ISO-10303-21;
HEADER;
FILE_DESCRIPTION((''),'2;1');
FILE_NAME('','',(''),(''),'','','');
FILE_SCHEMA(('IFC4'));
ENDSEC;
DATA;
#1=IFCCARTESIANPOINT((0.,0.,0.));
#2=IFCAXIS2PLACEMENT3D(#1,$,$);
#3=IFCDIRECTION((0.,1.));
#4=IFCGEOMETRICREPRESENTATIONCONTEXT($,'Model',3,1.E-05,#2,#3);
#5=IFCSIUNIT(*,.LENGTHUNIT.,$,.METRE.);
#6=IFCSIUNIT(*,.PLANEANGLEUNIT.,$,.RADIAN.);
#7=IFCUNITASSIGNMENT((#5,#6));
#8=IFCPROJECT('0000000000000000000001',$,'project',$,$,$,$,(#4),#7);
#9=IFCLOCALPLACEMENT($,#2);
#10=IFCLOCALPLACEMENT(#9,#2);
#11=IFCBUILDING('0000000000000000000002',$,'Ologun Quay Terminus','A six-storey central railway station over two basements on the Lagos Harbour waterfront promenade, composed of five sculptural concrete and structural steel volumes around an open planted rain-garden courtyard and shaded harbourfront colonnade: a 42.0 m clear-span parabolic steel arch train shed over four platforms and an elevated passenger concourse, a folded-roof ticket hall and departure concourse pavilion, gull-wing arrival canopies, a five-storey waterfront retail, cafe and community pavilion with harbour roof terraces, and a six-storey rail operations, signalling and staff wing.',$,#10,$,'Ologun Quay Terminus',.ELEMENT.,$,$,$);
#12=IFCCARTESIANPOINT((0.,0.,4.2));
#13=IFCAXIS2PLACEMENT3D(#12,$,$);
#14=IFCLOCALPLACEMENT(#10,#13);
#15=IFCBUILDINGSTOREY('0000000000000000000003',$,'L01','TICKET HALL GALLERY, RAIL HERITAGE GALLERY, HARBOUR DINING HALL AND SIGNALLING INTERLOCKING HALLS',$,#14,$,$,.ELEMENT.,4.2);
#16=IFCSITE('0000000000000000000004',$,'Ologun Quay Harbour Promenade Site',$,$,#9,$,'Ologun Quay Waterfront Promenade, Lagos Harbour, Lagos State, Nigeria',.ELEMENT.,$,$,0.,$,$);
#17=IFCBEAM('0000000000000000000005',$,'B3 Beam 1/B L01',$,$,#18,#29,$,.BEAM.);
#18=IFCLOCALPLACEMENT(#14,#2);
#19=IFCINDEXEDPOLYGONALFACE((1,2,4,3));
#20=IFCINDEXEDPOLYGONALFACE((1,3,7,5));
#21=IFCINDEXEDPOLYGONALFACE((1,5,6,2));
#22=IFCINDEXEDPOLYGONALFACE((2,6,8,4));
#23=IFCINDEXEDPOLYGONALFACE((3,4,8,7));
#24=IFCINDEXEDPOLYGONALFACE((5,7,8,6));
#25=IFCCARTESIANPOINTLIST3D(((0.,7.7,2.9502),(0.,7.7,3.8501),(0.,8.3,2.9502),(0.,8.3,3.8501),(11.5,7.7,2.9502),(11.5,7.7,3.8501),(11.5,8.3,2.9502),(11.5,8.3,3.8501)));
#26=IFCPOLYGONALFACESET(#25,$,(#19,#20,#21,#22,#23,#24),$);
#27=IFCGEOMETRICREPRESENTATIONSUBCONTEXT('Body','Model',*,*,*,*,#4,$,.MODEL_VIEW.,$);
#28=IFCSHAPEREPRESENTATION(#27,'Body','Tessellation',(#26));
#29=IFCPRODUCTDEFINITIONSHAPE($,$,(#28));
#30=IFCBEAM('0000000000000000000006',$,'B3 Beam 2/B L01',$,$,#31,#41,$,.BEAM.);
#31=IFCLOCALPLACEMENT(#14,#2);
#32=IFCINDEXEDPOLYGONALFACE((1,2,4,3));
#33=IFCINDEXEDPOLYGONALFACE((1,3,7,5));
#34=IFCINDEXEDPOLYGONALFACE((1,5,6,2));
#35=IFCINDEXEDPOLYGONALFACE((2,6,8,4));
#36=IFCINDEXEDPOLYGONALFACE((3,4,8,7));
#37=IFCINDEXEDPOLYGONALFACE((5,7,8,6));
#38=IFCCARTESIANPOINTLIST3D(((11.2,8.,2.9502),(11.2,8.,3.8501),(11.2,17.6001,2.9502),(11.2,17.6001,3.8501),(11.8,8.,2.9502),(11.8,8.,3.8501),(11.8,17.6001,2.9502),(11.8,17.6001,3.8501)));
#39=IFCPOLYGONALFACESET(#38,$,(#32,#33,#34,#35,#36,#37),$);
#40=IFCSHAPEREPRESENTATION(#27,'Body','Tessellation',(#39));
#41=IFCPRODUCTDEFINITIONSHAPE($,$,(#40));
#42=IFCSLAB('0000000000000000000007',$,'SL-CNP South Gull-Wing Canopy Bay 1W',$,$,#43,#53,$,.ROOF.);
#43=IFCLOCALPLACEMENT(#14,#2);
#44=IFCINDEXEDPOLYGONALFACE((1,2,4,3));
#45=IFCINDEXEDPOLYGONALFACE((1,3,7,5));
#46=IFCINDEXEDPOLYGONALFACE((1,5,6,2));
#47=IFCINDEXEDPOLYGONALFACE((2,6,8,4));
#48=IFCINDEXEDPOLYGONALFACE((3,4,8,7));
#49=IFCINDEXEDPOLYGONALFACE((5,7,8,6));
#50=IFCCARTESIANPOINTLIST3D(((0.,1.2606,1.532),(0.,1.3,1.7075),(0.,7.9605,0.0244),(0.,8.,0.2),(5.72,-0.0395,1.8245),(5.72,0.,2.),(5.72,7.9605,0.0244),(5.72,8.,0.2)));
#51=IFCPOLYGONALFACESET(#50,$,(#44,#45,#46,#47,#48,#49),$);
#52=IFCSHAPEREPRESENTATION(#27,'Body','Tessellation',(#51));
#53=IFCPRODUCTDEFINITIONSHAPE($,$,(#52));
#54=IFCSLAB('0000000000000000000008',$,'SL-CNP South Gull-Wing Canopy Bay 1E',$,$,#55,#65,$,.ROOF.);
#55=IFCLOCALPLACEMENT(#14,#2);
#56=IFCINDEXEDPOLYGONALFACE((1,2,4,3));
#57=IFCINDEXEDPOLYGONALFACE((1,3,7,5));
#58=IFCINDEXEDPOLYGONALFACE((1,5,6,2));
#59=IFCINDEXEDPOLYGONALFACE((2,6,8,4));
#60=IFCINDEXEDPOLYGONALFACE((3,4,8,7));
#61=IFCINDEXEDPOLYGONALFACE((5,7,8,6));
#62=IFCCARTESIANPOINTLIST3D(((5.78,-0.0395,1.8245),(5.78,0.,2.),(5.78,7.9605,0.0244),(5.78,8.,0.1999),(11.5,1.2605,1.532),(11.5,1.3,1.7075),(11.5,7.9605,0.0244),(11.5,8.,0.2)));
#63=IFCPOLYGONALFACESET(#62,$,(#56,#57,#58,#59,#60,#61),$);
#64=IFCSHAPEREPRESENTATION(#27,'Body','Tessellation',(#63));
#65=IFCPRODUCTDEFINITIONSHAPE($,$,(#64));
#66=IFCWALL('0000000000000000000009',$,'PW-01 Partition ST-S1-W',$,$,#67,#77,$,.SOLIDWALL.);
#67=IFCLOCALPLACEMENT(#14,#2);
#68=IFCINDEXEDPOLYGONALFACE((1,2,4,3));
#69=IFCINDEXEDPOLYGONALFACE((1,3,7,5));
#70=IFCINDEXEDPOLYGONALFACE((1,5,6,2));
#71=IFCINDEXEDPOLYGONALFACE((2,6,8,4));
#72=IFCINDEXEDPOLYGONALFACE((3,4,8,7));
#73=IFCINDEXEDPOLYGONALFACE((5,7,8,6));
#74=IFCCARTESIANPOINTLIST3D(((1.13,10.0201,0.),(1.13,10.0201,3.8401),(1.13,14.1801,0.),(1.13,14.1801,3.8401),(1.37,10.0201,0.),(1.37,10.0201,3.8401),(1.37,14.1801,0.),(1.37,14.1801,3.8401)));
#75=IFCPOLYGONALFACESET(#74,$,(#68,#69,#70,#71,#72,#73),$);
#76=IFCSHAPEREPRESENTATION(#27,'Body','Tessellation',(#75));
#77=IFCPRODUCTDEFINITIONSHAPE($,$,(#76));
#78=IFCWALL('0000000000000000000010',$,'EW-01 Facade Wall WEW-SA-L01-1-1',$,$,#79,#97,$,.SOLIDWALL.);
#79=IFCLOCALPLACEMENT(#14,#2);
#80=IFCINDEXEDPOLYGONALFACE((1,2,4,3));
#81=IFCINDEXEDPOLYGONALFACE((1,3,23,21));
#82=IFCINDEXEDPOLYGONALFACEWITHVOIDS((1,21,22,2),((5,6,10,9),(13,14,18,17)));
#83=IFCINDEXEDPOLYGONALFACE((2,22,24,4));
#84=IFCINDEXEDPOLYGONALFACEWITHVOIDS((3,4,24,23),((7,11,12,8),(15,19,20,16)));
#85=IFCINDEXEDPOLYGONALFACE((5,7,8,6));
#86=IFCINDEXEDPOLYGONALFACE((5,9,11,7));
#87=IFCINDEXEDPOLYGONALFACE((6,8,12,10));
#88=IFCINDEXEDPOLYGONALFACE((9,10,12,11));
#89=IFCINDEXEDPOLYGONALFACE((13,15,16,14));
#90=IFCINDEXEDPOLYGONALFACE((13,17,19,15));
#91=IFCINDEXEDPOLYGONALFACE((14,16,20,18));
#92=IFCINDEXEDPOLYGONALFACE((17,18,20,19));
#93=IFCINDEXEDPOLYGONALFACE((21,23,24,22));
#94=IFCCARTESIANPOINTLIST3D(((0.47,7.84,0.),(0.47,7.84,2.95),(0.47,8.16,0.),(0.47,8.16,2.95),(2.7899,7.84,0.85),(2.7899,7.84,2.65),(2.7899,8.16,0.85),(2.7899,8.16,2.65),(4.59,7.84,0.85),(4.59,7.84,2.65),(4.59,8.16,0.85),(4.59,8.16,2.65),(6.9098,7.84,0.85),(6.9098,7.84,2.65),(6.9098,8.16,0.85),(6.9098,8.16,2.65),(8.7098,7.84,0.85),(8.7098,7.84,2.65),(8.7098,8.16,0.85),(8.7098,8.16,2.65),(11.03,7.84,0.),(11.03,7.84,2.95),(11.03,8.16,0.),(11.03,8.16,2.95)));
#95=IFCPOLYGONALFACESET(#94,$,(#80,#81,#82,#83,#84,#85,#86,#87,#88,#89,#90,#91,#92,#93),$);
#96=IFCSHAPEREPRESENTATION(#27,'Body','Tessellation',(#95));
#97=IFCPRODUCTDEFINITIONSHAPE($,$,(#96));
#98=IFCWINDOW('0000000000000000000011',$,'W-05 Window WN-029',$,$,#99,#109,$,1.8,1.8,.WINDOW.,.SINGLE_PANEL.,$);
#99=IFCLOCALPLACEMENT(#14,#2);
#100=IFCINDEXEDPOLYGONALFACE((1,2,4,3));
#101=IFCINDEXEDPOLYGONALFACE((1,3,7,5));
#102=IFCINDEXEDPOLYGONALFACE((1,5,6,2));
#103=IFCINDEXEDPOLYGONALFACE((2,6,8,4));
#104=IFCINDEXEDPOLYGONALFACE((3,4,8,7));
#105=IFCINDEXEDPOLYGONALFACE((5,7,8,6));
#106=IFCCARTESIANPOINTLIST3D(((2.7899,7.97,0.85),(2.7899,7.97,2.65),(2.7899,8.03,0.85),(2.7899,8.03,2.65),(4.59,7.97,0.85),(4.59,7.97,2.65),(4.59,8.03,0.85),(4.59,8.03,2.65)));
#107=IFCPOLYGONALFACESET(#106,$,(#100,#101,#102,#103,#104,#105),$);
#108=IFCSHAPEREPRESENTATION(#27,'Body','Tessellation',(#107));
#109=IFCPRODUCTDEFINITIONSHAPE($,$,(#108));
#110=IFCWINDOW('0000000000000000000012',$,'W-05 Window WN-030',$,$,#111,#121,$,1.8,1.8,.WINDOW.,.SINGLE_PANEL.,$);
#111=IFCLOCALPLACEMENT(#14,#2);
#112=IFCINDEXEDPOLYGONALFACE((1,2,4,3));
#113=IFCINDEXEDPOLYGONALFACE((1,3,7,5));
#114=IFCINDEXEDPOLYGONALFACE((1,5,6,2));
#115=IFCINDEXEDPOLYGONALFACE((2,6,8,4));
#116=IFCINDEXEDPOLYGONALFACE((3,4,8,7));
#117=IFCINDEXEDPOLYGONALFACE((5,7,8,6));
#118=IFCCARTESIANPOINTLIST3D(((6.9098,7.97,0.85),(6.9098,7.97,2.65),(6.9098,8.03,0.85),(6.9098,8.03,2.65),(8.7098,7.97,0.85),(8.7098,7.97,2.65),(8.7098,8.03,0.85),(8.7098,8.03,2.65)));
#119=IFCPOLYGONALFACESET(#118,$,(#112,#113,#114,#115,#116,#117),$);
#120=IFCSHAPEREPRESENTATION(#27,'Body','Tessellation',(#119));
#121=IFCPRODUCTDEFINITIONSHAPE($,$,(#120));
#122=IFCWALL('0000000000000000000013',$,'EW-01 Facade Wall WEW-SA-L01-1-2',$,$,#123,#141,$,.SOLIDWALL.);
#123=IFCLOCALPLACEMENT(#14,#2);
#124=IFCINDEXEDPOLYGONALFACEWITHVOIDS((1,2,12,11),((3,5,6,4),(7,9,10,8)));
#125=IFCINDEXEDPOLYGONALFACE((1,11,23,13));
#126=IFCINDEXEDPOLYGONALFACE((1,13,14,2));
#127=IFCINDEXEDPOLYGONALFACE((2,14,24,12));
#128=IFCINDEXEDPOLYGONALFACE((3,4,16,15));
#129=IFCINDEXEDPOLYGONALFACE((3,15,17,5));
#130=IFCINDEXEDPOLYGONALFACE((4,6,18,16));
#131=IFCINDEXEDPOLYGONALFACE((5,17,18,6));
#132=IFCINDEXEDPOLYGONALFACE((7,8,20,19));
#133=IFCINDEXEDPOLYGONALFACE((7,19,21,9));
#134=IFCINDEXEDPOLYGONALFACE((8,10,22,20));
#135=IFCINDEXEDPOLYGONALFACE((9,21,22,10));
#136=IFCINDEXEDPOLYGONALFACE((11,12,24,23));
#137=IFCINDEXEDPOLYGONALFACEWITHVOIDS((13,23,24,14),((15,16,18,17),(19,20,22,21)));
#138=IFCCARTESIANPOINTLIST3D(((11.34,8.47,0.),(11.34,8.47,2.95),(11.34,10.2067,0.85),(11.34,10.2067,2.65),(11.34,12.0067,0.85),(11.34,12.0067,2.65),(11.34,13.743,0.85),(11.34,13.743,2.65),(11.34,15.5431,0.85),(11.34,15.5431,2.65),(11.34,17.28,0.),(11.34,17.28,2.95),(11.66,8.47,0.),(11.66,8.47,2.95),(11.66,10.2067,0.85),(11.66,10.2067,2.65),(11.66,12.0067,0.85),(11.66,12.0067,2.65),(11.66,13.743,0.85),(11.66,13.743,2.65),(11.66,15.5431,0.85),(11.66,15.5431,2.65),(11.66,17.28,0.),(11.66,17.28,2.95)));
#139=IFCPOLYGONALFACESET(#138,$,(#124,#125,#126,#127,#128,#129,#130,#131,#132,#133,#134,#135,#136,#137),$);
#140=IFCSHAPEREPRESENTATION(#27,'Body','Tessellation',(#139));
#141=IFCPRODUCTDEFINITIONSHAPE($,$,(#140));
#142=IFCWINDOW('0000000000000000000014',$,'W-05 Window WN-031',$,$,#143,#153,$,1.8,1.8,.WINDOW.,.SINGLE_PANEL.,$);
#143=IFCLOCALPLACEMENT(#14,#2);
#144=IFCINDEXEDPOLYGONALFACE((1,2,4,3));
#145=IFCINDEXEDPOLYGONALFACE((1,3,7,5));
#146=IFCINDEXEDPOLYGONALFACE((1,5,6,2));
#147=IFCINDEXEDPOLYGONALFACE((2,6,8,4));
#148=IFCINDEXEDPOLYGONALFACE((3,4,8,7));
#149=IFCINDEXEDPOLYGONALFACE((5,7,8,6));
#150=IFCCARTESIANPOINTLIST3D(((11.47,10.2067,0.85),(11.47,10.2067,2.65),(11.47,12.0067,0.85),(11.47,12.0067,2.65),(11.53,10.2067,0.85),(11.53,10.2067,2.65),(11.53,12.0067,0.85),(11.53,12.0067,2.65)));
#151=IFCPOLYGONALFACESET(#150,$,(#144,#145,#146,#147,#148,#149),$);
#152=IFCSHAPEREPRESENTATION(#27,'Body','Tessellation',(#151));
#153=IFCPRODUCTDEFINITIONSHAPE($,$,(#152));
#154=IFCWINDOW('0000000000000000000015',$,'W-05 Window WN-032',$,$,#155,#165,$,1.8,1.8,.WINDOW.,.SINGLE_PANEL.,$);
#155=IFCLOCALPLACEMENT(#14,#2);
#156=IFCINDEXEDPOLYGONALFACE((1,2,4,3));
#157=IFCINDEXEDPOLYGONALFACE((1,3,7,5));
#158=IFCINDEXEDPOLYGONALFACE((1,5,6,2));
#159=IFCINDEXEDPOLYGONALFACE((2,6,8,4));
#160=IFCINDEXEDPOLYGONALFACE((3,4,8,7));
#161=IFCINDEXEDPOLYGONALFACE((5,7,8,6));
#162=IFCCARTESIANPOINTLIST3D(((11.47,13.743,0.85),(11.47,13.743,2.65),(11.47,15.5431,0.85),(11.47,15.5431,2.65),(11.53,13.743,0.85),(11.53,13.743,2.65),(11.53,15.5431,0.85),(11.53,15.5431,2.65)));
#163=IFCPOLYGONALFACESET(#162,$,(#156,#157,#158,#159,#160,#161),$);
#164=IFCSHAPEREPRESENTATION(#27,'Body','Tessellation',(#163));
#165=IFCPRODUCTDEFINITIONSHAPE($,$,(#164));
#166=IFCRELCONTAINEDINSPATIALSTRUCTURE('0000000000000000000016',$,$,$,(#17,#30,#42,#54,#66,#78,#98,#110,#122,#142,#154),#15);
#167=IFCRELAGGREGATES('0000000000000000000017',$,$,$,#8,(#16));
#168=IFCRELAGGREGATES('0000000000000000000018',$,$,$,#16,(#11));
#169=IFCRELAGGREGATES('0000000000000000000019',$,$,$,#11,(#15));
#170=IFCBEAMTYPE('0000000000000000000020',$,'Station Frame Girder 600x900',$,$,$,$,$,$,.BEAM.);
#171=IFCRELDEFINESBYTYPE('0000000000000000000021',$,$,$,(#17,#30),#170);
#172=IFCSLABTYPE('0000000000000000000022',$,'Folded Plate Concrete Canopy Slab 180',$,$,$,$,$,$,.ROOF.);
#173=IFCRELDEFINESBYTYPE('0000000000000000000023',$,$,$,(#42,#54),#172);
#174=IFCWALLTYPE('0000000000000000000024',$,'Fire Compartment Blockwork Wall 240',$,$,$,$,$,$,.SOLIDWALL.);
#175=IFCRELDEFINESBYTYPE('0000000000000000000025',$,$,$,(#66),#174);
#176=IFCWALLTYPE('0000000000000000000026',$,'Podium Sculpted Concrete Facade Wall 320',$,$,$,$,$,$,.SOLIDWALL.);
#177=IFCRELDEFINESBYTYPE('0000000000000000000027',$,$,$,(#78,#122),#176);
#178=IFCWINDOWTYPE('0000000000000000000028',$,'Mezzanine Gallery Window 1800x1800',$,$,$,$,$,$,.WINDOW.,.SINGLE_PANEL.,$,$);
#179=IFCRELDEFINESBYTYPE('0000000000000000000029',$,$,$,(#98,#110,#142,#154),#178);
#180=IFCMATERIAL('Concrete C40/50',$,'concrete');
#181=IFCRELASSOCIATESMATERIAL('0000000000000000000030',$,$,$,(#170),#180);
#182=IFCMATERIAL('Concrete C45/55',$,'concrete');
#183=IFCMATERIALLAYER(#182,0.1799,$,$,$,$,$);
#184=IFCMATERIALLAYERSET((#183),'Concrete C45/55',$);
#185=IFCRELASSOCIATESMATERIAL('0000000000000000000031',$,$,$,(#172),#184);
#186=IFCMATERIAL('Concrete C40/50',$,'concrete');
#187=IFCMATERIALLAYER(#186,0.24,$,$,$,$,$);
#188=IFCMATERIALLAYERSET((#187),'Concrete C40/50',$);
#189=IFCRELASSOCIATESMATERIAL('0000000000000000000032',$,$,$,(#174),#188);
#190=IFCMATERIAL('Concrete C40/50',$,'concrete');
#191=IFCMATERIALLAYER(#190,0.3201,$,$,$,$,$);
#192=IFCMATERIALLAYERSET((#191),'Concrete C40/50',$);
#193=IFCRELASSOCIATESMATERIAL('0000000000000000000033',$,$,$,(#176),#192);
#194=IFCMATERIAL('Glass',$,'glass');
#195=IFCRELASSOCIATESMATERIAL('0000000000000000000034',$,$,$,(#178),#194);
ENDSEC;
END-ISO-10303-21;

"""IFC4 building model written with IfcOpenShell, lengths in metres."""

from ifc_helpers import new_model, si_unit, direction, frame, frame_2d, origin, origin_2d, place, context, subcontext, project, spatial, polyline, rectangle, outline, extrude, material, layer, layer_set, material_profile, profile_set, type_object, element, fill, save


model = new_model("IFC4")

# Units and contexts
model_context = context("Model", 3, precision=1e-05, world=origin(), true_north=direction((0.0, 1.0)))
body_context = subcontext(model_context, "Body", "Model", "MODEL_VIEW")
ifc_project = project(units=[si_unit("LENGTHUNIT", "METRE"), si_unit("PLANEANGLEUNIT", "RADIAN")], contexts=[model_context])

# Site, building, storey
site_placement = place(None, origin())
site = spatial("IfcSite", under=ifc_project, at=site_placement, Name="Ologun Quay Harbour Promenade Site", LongName="Ologun Quay Waterfront Promenade, Lagos Harbour, Lagos State, Nigeria", CompositionType="ELEMENT", RefElevation=0.0)
building_placement = place(site_placement, origin())
building = spatial("IfcBuilding", under=site, at=building_placement, Name="Ologun Quay Terminus", Description="A six-storey central railway station over two basements on the Lagos Harbour waterfront promenade, composed of five sculptural concrete and structural steel volumes around an open planted rain-garden courtyard and shaded harbourfront colonnade: a 42.0 m clear-span parabolic steel arch train shed over four platforms and an elevated passenger concourse, a folded-roof ticket hall and departure concourse pavilion, gull-wing arrival canopies, a five-storey waterfront retail, cafe and community pavilion with harbour roof terraces, and a six-storey rail operations, signalling and staff wing.", LongName="Ologun Quay Terminus", CompositionType="ELEMENT")
storey_placement = place(building_placement, frame((0.0, 0.0, 4.2)))
storey = spatial("IfcBuildingStorey", under=building, at=storey_placement, Name="L01", Description="TICKET HALL GALLERY, RAIL HERITAGE GALLERY, HARBOUR DINING HALL AND SIGNALLING INTERLOCKING HALLS", CompositionType="ELEMENT", Elevation=4.2)

# Beams
ifc_material_1 = material(Name="Concrete C40/50", Category="concrete")
ifc_material_profile_1 = material_profile(ifc_material_1, rectangle(XDim=0.6001, YDim=0.8999, at=origin_2d()), Name="RC 600x900")
ifc_profile_set_1 = profile_set([ifc_material_profile_1], Name="Concrete C40/50")
beam_type_1 = type_object("IfcBeamType", Name="Station Frame Girder 600x900", PredefinedType="BEAM", material=ifc_profile_set_1)
beam_1_placement = place(storey_placement, frame((0.0, 8.0, 3.4001), z_axis=(1.0, 0.0, 0.0), x_axis=(0.0, 1.0, 0.0)))
element("IfcBeam", 1, at=beam_1_placement, inside=storey, type_object=beam_type_1, Name="B3 Beam 1/B L01", PredefinedType="BEAM", context=body_context, shape_type="SweptSolid", body=[
    extrude(rectangle(XDim=0.6001, YDim=0.8999, at=origin_2d()), origin(), (0.0, 0.0, 1.0), 11.5),
])
beam_2_placement = place(storey_placement, frame((11.5, 8.0, 3.4001), z_axis=(0.0, 1.0, 0.0), x_axis=(-1.0, 0.0, 0.0)))
element("IfcBeam", 2, at=beam_2_placement, inside=storey, type_object=beam_type_1, Name="B3 Beam 2/B L01", PredefinedType="BEAM", context=body_context, shape_type="SweptSolid", body=[
    extrude(rectangle(XDim=0.6001, YDim=0.8999, at=origin_2d()), origin(), (0.0, 0.0, 1.0), 9.6001),
])

# Slabs
ifc_material_2 = material(Name="Concrete C45/55", Category="concrete")
ifc_layer_1 = layer(ifc_material_2, 0.1799)
ifc_layer_set_1 = layer_set([ifc_layer_1], Name="Concrete C45/55")
slab_type = type_object("IfcSlabType", Name="Folded Plate Concrete Canopy Slab 180", PredefinedType="ROOF", material=ifc_layer_set_1)
slab_1_placement = place(storey_placement, frame((0.0, 1.3, 1.7075), z_axis=(0.000004, 0.21952, 0.975608), x_axis=(0.973921, -0.221354, 0.049803)))
element("IfcSlab", 3, at=slab_1_placement, inside=storey, type_object=slab_type, Name="SL-CNP South Gull-Wing Canopy Bay 1W", PredefinedType="ROOF", context=body_context, shape_type="SweptSolid", body=[
    extrude(outline(polyline([(0.0, 0.0), (5.8731, 0.0), (4.0127, 7.9862), (-1.5581, 6.6884), (0.0, 0.0)])), origin(), (0.0, 0.0, -1.0), 0.1799),
])
slab_2_placement = place(storey_placement, frame((5.78, 0.0, 2.0), z_axis=(-0.000004, 0.21952, 0.975608), x_axis=(0.973921, 0.221354, -0.049803)))
element("IfcSlab", 4, at=slab_2_placement, inside=storey, type_object=slab_type, Name="SL-CNP South Gull-Wing Canopy Bay 1E", PredefinedType="ROOF", context=body_context, shape_type="SweptSolid", body=[
    extrude(outline(polyline([(0.0, 0.0), (5.8731, 0.0), (7.4313, 6.6884), (1.8605, 7.9862), (0.0, 0.0)])), origin(), (0.0, 0.0, -1.0), 0.1799),
])

# Wall
ifc_material_3 = material(Name="Concrete C40/50", Category="concrete")
ifc_layer_2 = layer(ifc_material_3, 0.24)
ifc_layer_set_2 = layer_set([ifc_layer_2], Name="Concrete C40/50")
wall_type_1 = type_object("IfcWallType", Name="Fire Compartment Blockwork Wall 240", PredefinedType="SOLIDWALL", material=ifc_layer_set_2)
wall_1_placement = place(storey_placement, frame((1.25, 10.02, 0.0), z_axis=(0.0, 0.0, 1.0), x_axis=(0.0, 1.0, 0.0)))
element("IfcWall", 5, at=wall_1_placement, inside=storey, type_object=wall_type_1, Name="PW-01 Partition ST-S1-W", PredefinedType="SOLIDWALL", context=body_context, shape_type="SweptSolid", body=[
    extrude(rectangle(XDim=4.1599, YDim=0.24, at=frame_2d((2.0801, 0.0))), origin(), (0.0, 0.0, 1.0), 3.8401),
])

# Walls, openings, windows
ifc_material_4 = material(Name="Concrete C40/50", Category="concrete")
ifc_layer_3 = layer(ifc_material_4, 0.3201)
ifc_layer_set_3 = layer_set([ifc_layer_3], Name="Concrete C40/50")
wall_type_2 = type_object("IfcWallType", Name="Podium Sculpted Concrete Facade Wall 320", PredefinedType="SOLIDWALL", material=ifc_layer_set_3)
wall_2_placement = place(storey_placement, frame((0.47, 8.0, 0.0), z_axis=(0.0, 0.0, 1.0), x_axis=(1.0, 0.0, 0.0)))
wall_2 = element("IfcWall", 6, at=wall_2_placement, inside=storey, type_object=wall_type_2, Name="EW-01 Facade Wall WEW-SA-L01-1-1", PredefinedType="SOLIDWALL", context=body_context, shape_type="SweptSolid", body=[
    extrude(rectangle(XDim=10.5601, YDim=0.3201, at=frame_2d((5.28, 0.0))), origin(), (0.0, 0.0, 1.0), 2.95),
])
opening_1_placement = place(wall_2_placement, frame((2.3201, 0.0, 0.8501)))
opening_1 = element("IfcOpeningElement", 7, at=opening_1_placement, cuts=wall_2, PredefinedType="OPENING", context=body_context, shape_type="SweptSolid", body=[
    extrude(rectangle(XDim=1.8, YDim=1.8, at=frame_2d((0.8999, 0.8999))), frame((0.0, 0.1699, 0.0), z_axis=(0.0, -1.0, 0.0), x_axis=(1.0, 0.0, 0.0)), (0.0, 0.0, 1.0), 0.3401),
])
opening_2_placement = place(wall_2_placement, frame((6.4399, 0.0, 0.8501)))
opening_2 = element("IfcOpeningElement", 8, at=opening_2_placement, cuts=wall_2, PredefinedType="OPENING", context=body_context, shape_type="SweptSolid", body=[
    extrude(rectangle(XDim=1.8, YDim=1.8, at=frame_2d((0.8999, 0.8999))), frame((0.0, 0.1699, 0.0), z_axis=(0.0, -1.0, 0.0), x_axis=(1.0, 0.0, 0.0)), (0.0, 0.0, 1.0), 0.3401),
])
ifc_material_5 = material(Name="Glass", Category="glass")
window_type_1 = type_object("IfcWindowType", Name="Mezzanine Gallery Window 1800x1800", PartitioningType="SINGLE_PANEL", PredefinedType="WINDOW", material=ifc_material_5)
window_1_placement = place(opening_1_placement, origin())
window_1 = element("IfcWindow", 9, at=window_1_placement, inside=storey, type_object=window_type_1, Name="W-05 Window WN-029", OverallHeight=1.8, OverallWidth=1.8, PartitioningType="SINGLE_PANEL", PredefinedType="WINDOW", context=body_context, shape_type="SweptSolid", body=[
    extrude(rectangle(XDim=1.8, YDim=1.8, at=frame_2d((0.8999, 0.8999))), frame((0.0, 0.03, 0.0), z_axis=(0.0, -1.0, 0.0), x_axis=(1.0, 0.0, 0.0)), (0.0, 0.0, 1.0), 0.0601),
])
fill(opening_1, window_1)
window_2_placement = place(opening_2_placement, origin())
window_2 = element("IfcWindow", 10, at=window_2_placement, inside=storey, type_object=window_type_1, Name="W-05 Window WN-030", OverallHeight=1.8, OverallWidth=1.8, PartitioningType="SINGLE_PANEL", PredefinedType="WINDOW", context=body_context, shape_type="SweptSolid", body=[
    extrude(rectangle(XDim=1.8, YDim=1.8, at=frame_2d((0.8999, 0.8999))), frame((0.0, 0.03, 0.0), z_axis=(0.0, -1.0, 0.0), x_axis=(1.0, 0.0, 0.0)), (0.0, 0.0, 1.0), 0.0601),
])
fill(opening_2, window_2)
wall_3_placement = place(storey_placement, frame((11.5, 8.47, 0.0), z_axis=(0.0, 0.0, 1.0), x_axis=(0.0, 1.0, 0.0)))
wall_3 = element("IfcWall", 11, at=wall_3_placement, inside=storey, type_object=wall_type_2, Name="EW-01 Facade Wall WEW-SA-L01-1-2", PredefinedType="SOLIDWALL", context=body_context, shape_type="SweptSolid", body=[
    extrude(rectangle(XDim=8.8101, YDim=0.3201, at=frame_2d((4.405, 0.0))), origin(), (0.0, 0.0, 1.0), 2.95),
])
opening_3_placement = place(wall_3_placement, frame((1.7368, 0.0, 0.8501)))
opening_3 = element("IfcOpeningElement", 12, at=opening_3_placement, cuts=wall_3, PredefinedType="OPENING", context=body_context, shape_type="SweptSolid", body=[
    extrude(rectangle(XDim=1.8, YDim=1.8, at=frame_2d((0.8999, 0.8999))), frame((0.0, 0.1699, 0.0), z_axis=(0.0, -1.0, 0.0), x_axis=(1.0, 0.0, 0.0)), (0.0, 0.0, 1.0), 0.3401),
])
opening_4_placement = place(wall_3_placement, frame((5.2732, 0.0, 0.8501)))
opening_4 = element("IfcOpeningElement", 13, at=opening_4_placement, cuts=wall_3, PredefinedType="OPENING", context=body_context, shape_type="SweptSolid", body=[
    extrude(rectangle(XDim=1.8, YDim=1.8, at=frame_2d((0.8999, 0.8999))), frame((0.0, 0.1699, 0.0), z_axis=(0.0, -1.0, 0.0), x_axis=(1.0, 0.0, 0.0)), (0.0, 0.0, 1.0), 0.3401),
])
window_3_placement = place(opening_3_placement, origin())
window_3 = element("IfcWindow", 14, at=window_3_placement, inside=storey, type_object=window_type_1, Name="W-05 Window WN-031", OverallHeight=1.8, OverallWidth=1.8, PartitioningType="SINGLE_PANEL", PredefinedType="WINDOW", context=body_context, shape_type="SweptSolid", body=[
    extrude(rectangle(XDim=1.8, YDim=1.8, at=frame_2d((0.8999, 0.8999))), frame((0.0, 0.03, 0.0), z_axis=(0.0, -1.0, 0.0), x_axis=(1.0, 0.0, 0.0)), (0.0, 0.0, 1.0), 0.0601),
])
fill(opening_3, window_3)
window_4_placement = place(opening_4_placement, origin())
window_4 = element("IfcWindow", 15, at=window_4_placement, inside=storey, type_object=window_type_1, Name="W-05 Window WN-032", OverallHeight=1.8, OverallWidth=1.8, PartitioningType="SINGLE_PANEL", PredefinedType="WINDOW", context=body_context, shape_type="SweptSolid", body=[
    extrude(rectangle(XDim=1.8, YDim=1.8, at=frame_2d((0.8999, 0.8999))), frame((0.0, 0.03, 0.0), z_axis=(0.0, -1.0, 0.0), x_axis=(1.0, 0.0, 0.0)), (0.0, 0.0, 1.0), 0.0601),
])
fill(opening_4, window_4)

save(model, "model.ifc")
